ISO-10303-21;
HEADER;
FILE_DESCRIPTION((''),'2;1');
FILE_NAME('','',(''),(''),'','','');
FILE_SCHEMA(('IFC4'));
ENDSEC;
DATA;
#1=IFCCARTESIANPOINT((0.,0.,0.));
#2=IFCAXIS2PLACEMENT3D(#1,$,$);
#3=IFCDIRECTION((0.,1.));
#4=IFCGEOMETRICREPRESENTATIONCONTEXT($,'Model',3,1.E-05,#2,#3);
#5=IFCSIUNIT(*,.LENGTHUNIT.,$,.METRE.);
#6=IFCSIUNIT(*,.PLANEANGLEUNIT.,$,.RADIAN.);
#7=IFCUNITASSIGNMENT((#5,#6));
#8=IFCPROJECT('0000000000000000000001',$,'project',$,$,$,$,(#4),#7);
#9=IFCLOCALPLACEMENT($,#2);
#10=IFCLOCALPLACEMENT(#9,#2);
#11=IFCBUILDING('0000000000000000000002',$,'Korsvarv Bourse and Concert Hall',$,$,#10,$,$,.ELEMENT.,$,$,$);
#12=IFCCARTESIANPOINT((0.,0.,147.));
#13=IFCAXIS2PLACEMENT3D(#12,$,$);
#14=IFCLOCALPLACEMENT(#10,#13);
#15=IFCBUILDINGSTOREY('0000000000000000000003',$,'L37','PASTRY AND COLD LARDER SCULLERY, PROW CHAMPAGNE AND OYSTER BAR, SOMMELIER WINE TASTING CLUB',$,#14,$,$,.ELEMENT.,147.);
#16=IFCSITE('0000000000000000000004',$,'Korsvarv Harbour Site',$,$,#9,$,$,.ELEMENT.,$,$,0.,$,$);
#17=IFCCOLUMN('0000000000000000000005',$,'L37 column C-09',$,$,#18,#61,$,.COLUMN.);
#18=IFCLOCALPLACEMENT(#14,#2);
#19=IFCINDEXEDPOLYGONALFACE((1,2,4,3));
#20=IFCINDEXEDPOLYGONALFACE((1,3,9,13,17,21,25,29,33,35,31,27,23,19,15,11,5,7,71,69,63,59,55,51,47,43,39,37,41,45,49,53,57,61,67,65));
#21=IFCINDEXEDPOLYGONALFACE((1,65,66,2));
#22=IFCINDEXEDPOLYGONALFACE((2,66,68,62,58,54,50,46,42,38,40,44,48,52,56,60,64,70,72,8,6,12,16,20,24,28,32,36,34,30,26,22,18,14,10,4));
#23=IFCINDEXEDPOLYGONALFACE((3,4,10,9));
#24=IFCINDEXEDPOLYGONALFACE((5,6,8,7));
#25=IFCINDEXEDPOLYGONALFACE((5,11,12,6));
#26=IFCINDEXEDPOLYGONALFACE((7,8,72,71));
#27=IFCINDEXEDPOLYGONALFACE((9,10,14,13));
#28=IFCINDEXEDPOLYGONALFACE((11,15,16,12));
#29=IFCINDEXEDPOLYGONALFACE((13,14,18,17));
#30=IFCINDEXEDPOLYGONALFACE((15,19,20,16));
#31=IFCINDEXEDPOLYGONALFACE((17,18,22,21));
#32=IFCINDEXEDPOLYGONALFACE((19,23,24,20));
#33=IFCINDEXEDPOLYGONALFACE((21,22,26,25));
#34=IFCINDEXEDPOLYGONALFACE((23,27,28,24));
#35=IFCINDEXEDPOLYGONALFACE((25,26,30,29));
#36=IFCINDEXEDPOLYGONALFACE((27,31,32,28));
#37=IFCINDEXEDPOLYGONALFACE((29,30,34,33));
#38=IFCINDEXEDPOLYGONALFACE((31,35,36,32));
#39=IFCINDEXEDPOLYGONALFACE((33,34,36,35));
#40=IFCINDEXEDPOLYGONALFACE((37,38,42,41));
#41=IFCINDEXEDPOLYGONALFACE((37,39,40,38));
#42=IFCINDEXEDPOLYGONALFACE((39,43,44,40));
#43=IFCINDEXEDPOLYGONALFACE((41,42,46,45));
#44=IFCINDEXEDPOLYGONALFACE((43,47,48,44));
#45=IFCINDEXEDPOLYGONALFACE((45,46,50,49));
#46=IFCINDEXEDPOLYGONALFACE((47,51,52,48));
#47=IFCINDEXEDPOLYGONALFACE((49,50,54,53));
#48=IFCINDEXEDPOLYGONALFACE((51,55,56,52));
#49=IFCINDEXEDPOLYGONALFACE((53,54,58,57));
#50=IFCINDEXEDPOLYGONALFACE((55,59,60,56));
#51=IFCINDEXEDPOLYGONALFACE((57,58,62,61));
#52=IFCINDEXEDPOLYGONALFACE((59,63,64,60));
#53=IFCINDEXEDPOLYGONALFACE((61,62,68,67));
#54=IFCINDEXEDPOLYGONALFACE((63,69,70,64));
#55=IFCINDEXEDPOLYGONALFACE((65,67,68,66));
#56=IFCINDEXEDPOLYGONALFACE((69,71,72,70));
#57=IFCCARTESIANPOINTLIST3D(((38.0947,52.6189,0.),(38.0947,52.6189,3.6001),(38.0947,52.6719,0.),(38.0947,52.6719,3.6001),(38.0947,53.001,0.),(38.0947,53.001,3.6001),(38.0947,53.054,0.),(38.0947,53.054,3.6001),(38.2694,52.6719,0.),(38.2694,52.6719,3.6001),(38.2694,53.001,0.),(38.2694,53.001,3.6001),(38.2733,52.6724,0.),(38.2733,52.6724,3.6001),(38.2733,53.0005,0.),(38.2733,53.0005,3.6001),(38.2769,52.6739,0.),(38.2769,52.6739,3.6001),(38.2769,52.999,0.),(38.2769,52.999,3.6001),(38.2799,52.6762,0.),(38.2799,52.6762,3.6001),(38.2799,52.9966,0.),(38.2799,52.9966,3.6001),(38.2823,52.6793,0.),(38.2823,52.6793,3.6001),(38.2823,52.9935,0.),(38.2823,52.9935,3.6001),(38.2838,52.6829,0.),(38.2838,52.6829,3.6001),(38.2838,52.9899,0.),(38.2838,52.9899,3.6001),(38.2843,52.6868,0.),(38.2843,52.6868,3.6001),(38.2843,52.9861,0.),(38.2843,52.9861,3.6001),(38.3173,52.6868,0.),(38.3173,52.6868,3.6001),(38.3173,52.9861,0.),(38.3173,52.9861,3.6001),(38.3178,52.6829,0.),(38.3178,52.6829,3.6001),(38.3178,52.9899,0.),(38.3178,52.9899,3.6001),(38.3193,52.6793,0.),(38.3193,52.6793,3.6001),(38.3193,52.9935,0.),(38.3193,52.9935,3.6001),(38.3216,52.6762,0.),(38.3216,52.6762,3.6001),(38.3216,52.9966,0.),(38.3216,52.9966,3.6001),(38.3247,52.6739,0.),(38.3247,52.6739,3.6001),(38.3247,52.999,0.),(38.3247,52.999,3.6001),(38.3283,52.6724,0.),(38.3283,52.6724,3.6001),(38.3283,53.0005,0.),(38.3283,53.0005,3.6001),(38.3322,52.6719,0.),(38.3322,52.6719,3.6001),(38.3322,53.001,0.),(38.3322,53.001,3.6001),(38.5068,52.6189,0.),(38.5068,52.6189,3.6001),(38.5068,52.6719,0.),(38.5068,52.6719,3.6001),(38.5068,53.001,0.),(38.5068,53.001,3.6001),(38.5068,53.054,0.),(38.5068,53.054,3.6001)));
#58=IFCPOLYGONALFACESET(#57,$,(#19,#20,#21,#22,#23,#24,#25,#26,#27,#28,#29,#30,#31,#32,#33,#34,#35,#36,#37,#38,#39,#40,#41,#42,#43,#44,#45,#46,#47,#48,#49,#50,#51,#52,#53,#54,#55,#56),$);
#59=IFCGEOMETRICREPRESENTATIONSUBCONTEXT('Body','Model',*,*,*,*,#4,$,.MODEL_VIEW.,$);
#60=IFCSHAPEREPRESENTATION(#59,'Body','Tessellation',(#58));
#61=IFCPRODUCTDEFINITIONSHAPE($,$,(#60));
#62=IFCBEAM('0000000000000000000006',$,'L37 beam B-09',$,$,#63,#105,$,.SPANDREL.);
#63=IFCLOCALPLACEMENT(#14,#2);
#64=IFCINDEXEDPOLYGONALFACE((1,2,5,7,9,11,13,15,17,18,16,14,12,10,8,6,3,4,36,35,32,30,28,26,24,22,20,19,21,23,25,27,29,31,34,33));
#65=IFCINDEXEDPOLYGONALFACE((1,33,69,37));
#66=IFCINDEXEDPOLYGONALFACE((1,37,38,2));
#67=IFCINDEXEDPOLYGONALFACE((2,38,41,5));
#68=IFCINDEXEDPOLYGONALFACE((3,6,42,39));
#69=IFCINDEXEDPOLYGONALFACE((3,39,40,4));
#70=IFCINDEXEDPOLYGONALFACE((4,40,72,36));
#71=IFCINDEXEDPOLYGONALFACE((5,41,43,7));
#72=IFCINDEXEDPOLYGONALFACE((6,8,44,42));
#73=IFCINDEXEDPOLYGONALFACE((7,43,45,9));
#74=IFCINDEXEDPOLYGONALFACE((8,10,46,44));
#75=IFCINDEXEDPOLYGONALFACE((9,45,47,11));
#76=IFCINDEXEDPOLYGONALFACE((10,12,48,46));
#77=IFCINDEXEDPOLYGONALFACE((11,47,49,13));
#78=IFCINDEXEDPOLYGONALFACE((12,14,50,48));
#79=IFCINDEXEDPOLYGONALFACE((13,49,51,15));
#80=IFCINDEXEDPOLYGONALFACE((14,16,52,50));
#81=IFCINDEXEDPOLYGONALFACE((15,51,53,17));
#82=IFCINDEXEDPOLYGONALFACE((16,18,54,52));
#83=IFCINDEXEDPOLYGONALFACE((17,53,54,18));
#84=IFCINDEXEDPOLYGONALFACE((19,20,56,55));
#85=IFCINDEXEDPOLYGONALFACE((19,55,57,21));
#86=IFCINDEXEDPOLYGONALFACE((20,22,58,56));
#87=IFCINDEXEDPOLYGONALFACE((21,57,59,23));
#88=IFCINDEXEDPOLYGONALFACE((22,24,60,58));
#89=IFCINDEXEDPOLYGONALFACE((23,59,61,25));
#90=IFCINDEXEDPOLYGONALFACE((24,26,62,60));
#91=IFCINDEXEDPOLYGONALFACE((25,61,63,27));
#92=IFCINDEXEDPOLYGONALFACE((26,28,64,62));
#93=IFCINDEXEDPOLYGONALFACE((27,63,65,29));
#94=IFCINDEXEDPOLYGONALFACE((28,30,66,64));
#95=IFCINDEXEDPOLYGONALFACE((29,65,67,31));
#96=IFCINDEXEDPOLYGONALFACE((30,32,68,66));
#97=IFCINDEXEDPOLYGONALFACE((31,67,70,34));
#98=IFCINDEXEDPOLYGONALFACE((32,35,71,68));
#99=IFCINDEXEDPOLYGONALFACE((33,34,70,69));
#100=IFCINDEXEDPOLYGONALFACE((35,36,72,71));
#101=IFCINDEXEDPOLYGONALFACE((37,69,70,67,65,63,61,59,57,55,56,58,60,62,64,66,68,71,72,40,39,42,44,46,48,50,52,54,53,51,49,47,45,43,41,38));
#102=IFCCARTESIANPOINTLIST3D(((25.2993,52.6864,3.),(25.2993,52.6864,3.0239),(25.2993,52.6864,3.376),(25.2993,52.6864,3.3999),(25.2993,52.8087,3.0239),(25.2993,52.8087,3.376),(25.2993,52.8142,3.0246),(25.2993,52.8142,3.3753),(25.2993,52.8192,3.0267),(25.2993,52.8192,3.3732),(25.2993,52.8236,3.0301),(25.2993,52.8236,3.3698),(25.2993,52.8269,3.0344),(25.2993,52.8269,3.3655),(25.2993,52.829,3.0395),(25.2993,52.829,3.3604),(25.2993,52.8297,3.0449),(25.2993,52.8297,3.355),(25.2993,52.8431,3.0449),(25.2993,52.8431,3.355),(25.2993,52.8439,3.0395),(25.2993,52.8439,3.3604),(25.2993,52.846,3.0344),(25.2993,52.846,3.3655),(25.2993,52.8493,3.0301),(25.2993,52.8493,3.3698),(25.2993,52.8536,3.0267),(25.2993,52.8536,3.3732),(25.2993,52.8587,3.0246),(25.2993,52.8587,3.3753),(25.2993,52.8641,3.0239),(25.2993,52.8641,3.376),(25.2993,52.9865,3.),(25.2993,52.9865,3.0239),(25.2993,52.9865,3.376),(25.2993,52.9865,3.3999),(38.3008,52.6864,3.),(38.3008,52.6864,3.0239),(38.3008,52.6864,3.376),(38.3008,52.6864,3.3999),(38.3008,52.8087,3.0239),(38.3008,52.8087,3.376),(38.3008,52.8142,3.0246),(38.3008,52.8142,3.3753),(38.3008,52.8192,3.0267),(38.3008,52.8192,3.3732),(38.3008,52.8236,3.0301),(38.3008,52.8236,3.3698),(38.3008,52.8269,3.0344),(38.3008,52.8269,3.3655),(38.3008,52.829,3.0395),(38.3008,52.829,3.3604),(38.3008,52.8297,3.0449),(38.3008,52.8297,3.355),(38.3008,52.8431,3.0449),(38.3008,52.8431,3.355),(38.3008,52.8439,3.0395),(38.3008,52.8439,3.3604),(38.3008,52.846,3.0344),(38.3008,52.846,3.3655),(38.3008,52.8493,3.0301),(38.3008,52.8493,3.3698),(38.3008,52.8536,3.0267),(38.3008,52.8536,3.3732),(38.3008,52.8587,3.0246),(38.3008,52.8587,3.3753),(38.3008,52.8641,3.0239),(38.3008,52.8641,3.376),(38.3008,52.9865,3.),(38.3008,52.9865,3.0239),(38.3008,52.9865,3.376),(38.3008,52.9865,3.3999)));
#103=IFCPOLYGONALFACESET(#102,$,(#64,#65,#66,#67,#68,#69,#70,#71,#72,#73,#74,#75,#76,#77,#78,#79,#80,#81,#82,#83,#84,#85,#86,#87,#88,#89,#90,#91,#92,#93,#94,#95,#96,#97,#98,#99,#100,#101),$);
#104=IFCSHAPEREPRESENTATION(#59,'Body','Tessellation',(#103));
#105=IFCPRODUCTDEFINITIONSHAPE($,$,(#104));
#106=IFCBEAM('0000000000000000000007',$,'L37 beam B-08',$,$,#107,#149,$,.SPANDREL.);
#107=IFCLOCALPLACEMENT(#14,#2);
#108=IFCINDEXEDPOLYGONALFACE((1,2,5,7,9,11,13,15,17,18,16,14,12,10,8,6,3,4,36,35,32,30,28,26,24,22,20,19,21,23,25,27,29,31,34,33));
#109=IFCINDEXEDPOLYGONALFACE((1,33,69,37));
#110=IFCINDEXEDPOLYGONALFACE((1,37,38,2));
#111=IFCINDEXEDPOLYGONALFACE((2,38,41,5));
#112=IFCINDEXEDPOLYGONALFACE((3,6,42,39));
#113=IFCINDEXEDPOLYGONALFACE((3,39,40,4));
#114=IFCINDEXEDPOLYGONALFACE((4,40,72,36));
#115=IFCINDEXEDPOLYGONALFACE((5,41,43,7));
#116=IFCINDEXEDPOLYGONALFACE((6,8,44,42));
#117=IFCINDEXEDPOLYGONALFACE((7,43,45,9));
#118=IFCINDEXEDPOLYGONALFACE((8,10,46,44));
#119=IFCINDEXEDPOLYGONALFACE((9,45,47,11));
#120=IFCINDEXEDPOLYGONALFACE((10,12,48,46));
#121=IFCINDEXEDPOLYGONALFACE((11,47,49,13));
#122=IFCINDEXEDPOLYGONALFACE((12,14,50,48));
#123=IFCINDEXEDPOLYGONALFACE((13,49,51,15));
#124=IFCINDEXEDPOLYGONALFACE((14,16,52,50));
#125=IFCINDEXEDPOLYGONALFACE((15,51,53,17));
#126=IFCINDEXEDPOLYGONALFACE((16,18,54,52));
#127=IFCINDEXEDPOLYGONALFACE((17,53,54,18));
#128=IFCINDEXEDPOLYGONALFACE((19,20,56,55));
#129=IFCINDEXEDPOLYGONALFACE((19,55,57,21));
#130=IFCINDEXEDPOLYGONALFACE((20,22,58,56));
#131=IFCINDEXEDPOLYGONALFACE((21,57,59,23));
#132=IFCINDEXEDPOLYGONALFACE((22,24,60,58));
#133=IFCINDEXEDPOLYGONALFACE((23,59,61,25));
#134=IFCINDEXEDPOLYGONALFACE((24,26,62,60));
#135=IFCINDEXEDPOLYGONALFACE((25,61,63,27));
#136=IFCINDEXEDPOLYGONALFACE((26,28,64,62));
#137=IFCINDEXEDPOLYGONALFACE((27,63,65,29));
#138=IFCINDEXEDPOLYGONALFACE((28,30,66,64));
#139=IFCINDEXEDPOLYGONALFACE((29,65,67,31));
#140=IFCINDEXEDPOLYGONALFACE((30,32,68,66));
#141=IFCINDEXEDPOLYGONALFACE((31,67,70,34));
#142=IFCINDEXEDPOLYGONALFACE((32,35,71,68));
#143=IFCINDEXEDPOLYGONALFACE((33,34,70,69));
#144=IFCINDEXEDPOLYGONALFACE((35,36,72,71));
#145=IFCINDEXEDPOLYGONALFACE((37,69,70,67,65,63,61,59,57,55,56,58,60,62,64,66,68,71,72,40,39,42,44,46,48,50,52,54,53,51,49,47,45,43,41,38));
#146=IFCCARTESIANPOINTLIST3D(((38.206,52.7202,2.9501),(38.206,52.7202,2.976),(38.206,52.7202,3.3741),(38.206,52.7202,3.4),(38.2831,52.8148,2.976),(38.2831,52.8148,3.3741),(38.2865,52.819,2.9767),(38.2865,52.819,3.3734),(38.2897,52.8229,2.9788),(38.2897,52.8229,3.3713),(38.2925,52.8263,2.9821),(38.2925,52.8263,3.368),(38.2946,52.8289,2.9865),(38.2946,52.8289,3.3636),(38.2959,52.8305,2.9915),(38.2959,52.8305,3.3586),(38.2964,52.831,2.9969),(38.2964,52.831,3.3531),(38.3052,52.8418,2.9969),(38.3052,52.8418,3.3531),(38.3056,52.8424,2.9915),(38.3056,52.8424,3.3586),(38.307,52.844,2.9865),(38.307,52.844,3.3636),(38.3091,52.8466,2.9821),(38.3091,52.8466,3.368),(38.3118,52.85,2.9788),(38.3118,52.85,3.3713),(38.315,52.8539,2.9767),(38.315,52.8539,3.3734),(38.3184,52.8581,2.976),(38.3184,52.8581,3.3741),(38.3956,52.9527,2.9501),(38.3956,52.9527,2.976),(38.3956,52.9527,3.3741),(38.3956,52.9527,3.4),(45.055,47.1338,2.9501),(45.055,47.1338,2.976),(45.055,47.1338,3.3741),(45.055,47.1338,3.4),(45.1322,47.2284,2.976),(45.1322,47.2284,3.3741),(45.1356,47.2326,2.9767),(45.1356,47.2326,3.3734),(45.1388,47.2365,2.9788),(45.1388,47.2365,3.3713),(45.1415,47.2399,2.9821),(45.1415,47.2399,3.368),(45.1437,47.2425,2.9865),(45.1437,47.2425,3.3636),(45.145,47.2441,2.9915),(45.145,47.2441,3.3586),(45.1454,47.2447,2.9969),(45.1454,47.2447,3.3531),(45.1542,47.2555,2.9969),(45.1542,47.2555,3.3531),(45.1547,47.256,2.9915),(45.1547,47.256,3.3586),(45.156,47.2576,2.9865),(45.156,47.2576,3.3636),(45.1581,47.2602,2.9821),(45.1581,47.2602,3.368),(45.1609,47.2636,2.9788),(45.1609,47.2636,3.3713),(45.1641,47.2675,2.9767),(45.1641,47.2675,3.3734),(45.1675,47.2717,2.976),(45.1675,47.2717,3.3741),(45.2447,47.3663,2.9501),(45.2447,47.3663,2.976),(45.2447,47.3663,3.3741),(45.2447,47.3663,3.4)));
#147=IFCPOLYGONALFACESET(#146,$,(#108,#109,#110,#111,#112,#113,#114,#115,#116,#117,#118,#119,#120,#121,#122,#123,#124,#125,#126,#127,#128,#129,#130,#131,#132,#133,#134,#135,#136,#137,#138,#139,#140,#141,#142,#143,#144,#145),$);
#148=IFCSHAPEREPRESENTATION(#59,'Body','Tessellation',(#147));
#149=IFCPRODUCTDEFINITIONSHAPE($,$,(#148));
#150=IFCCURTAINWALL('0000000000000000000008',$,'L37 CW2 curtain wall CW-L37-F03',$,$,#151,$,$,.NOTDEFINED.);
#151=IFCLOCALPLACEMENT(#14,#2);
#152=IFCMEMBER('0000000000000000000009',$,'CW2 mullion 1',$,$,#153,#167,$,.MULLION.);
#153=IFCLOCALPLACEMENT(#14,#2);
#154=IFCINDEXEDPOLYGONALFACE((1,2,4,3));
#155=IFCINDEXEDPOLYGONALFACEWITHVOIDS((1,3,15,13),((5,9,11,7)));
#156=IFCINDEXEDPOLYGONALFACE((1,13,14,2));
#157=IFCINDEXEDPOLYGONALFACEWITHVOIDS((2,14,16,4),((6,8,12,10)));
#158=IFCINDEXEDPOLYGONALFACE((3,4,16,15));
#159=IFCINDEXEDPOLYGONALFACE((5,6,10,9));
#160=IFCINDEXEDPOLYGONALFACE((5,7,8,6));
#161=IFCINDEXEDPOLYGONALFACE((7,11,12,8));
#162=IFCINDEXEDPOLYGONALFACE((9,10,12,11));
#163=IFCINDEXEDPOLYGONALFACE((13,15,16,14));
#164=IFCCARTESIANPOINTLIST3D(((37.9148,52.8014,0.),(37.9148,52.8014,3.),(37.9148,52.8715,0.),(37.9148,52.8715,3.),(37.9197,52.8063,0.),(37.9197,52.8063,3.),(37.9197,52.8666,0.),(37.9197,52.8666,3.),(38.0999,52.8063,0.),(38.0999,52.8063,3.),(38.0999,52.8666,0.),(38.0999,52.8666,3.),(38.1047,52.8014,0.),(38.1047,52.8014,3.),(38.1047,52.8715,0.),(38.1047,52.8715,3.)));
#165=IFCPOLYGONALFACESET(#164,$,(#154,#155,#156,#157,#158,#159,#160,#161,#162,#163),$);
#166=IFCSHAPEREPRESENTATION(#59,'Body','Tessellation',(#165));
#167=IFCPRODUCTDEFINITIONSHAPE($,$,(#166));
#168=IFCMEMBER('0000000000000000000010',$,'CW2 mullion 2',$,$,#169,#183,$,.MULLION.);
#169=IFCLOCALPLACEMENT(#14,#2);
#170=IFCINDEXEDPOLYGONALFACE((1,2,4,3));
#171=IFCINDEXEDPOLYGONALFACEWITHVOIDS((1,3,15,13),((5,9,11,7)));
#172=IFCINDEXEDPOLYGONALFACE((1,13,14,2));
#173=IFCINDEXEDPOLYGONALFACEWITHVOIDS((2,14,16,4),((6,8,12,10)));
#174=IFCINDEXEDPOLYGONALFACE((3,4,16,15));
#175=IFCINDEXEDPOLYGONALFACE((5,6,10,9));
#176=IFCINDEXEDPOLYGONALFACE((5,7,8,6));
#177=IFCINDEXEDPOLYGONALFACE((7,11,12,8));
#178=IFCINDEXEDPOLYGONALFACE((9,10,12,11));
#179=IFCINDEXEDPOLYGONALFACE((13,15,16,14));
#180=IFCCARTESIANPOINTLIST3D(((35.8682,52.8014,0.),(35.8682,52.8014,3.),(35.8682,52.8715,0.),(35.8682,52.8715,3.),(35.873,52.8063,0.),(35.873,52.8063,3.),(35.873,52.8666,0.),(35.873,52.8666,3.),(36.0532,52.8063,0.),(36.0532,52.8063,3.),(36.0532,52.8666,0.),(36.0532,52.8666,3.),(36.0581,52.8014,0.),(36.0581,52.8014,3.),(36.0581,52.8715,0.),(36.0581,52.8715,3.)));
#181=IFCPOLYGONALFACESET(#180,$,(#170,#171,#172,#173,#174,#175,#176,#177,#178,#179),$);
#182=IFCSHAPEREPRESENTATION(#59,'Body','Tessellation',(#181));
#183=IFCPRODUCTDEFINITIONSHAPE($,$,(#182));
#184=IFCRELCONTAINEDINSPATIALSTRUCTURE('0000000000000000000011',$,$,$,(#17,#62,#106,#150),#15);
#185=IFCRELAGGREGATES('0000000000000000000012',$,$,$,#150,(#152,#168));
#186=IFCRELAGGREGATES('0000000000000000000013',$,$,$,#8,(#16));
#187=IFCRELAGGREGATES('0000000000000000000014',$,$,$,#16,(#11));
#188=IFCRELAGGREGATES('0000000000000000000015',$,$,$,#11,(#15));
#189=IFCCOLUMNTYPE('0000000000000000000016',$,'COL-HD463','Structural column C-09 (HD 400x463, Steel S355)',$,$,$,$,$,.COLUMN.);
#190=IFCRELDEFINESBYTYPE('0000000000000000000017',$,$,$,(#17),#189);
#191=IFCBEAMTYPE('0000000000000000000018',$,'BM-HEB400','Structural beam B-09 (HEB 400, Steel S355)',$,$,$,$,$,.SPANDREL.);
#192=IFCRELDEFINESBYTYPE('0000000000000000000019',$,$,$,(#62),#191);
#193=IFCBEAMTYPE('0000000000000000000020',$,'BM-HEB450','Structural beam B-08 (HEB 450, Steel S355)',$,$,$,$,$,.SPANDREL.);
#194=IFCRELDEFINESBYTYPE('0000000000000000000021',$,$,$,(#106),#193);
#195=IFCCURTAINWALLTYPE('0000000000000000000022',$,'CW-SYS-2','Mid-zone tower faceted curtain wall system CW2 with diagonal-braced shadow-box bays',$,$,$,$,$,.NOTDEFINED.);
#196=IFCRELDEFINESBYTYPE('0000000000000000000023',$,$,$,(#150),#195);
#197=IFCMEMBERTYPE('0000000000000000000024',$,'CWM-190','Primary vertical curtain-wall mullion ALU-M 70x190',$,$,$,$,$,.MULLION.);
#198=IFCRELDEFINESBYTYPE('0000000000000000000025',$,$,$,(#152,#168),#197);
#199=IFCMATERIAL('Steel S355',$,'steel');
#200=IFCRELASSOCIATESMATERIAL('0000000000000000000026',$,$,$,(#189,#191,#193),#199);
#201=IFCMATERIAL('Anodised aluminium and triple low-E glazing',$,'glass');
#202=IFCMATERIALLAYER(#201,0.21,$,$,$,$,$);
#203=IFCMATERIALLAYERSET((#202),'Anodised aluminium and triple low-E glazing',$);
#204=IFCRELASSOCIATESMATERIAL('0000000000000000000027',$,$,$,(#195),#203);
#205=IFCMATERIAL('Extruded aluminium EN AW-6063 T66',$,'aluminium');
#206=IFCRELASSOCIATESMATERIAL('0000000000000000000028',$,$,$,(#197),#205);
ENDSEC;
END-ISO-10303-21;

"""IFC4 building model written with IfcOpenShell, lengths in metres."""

from ifc_helpers import new_model, si_unit, direction, frame, origin, origin_2d, place, context, subcontext, project, spatial, hollow_rectangle, i_section, extrude, source, transform, mapped, material, layer, layer_set, material_profile, profile_set, type_object, element, aggregate, save


model = new_model("IFC4")

# Units and contexts
model_context = context("Model", 3, precision=1e-05, world=origin(), true_north=direction((0.0, 1.0)))
body_context = subcontext(model_context, "Body", "Model", "MODEL_VIEW")
ifc_project = project(units=[si_unit("LENGTHUNIT", "METRE"), si_unit("PLANEANGLEUNIT", "RADIAN")], contexts=[model_context])

# Site, building, storey
site_placement = place(None, origin())
site = spatial("IfcSite", under=ifc_project, at=site_placement, Name="Korsvarv Harbour Site", CompositionType="ELEMENT", RefElevation=0.0)
building_placement = place(site_placement, origin())
building = spatial("IfcBuilding", under=site, at=building_placement, Name="Korsvarv Bourse and Concert Hall", CompositionType="ELEMENT")
storey_placement = place(building_placement, frame((0.0, 0.0, 147.0)))
storey = spatial("IfcBuildingStorey", under=building, at=storey_placement, Name="L37", Description="PASTRY AND COLD LARDER SCULLERY, PROW CHAMPAGNE AND OYSTER BAR, SOMMELIER WINE TASTING CLUB", CompositionType="ELEMENT", Elevation=147.0)

# Column
ifc_material_1 = material(Name="Steel S355", Category="steel")
ifc_material_profile_1 = material_profile(ifc_material_1, i_section(OverallWidth=0.4121, OverallDepth=0.4351, WebThickness=0.033, FlangeThickness=0.053, FilletRadius=0.0149, at=origin_2d()), Name="HD 400x463")
ifc_profile_set_1 = profile_set([ifc_material_profile_1], Name="Steel S355")
column_type = type_object("IfcColumnType", Name="COL-HD463", Description="Structural column C-09 (HD 400x463, Steel S355)", PredefinedType="COLUMN", material=ifc_profile_set_1)
shared_shape_1 = source(origin(), body_context, "Body", "SweptSolid", [
    extrude(i_section(OverallWidth=0.4121, OverallDepth=0.4351, WebThickness=0.033, FlangeThickness=0.053, FilletRadius=0.0149, at=origin_2d()), origin(), (0.0, 0.0, 1.0), 3.6001),
])
column_placement = place(storey_placement, frame((38.3008, 52.8364, 0.0), z_axis=(0.0, 0.0, 1.0), x_axis=(1.0, 0.0, 0.0)))
element("IfcColumn", 1, at=column_placement, inside=storey, type_object=column_type, Name="L37 column C-09", PredefinedType="COLUMN", context=body_context, shape_type="MappedRepresentation", body=[
    mapped(shared_shape_1, transform((0.0, 0.0, 0.0), scale=1.0)),
])

# Beams
ifc_material_profile_2 = material_profile(ifc_material_1, i_section(OverallWidth=0.3, OverallDepth=0.3999, WebThickness=0.0134, FlangeThickness=0.0239, FilletRadius=0.021, at=origin_2d()), Name="HEB 400")
ifc_profile_set_2 = profile_set([ifc_material_profile_2], Name="Steel S355")
beam_type_1 = type_object("IfcBeamType", Name="BM-HEB400", Description="Structural beam B-09 (HEB 400, Steel S355)", PredefinedType="SPANDREL", material=ifc_profile_set_2)
shared_shape_2 = source(origin(), body_context, "Body", "SweptSolid", [
    extrude(i_section(OverallWidth=0.3, OverallDepth=0.3999, WebThickness=0.0134, FlangeThickness=0.0239, FilletRadius=0.021, at=origin_2d()), origin(), (0.0, 0.0, 1.0), 13.0015),
])
beam_1_placement = place(storey_placement, frame((38.3008, 52.8364, 3.2), z_axis=(-1.0, 0.0, 0.0), x_axis=(0.0, -1.0, 0.0)))
element("IfcBeam", 2, at=beam_1_placement, inside=storey, type_object=beam_type_1, Name="L37 beam B-09", PredefinedType="SPANDREL", context=body_context, shape_type="MappedRepresentation", body=[
    mapped(shared_shape_2, transform((0.0, 0.0, 0.0), scale=1.0)),
])
ifc_material_profile_3 = material_profile(ifc_material_1, i_section(OverallWidth=0.3, OverallDepth=0.45, WebThickness=0.0139, FlangeThickness=0.0259, FilletRadius=0.021, at=origin_2d()), Name="HEB 450")
ifc_profile_set_3 = profile_set([ifc_material_profile_3], Name="Steel S355")
beam_type_2 = type_object("IfcBeamType", Name="BM-HEB450", Description="Structural beam B-08 (HEB 450, Steel S355)", PredefinedType="SPANDREL", material=ifc_profile_set_3)
shared_shape_3 = source(origin(), body_context, "Body", "SweptSolid", [
    extrude(i_section(OverallWidth=0.3, OverallDepth=0.45, WebThickness=0.0139, FlangeThickness=0.0259, FilletRadius=0.021, at=origin_2d()), origin(), (0.0, 0.0, 1.0), 8.8384),
])
beam_2_placement = place(storey_placement, frame((38.3008, 52.8364, 3.175), z_axis=(0.774921, -0.632058, 0.0), x_axis=(0.632058, 0.774921, 0.0)))
element("IfcBeam", 3, at=beam_2_placement, inside=storey, type_object=beam_type_2, Name="L37 beam B-08", PredefinedType="SPANDREL", context=body_context, shape_type="MappedRepresentation", body=[
    mapped(shared_shape_3, transform((0.0, 0.0, 0.0), scale=1.0)),
])

# Curtain wall, members
ifc_material_2 = material(Name="Anodised aluminium and triple low-E glazing", Category="glass")
ifc_layer_1 = layer(ifc_material_2, 0.21)
ifc_layer_set_1 = layer_set([ifc_layer_1], Name="Anodised aluminium and triple low-E glazing")
curtain_wall_type = type_object("IfcCurtainWallType", Name="CW-SYS-2", Description="Mid-zone tower faceted curtain wall system CW2 with diagonal-braced shadow-box bays", PredefinedType="NOTDEFINED", material=ifc_layer_set_1)
curtain_wall_placement = place(storey_placement, origin())
curtain_wall = element("IfcCurtainWall", 4, at=curtain_wall_placement, inside=storey, type_object=curtain_wall_type, Name="L37 CW2 curtain wall CW-L37-F03", PredefinedType="NOTDEFINED")
ifc_material_3 = material(Name="Extruded aluminium EN AW-6063 T66", Category="aluminium")
ifc_material_profile_4 = material_profile(ifc_material_3, hollow_rectangle(XDim=0.0701, YDim=0.1899, WallThickness=0.0049, at=origin_2d()), Name="ALU-M 70x190")
ifc_profile_set_4 = profile_set([ifc_material_profile_4], Name="Extruded aluminium EN AW-6063 T66")
member_type_1 = type_object("IfcMemberType", Name="CWM-190", Description="Primary vertical curtain-wall mullion ALU-M 70x190", PredefinedType="MULLION", material=ifc_profile_set_4)
shared_shape_4 = source(origin(), body_context, "Body", "SweptSolid", [
    extrude(hollow_rectangle(XDim=0.0701, YDim=0.1899, WallThickness=0.0049, at=origin_2d()), origin(), (0.0, 0.0, 1.0), 3.0),
])
member_1_placement = place(storey_placement, frame((38.0098, 52.8364, 0.0), z_axis=(0.0, 0.0, 1.0), x_axis=(0.0, -1.0, 0.0)))
member_1 = element("IfcMember", 5, at=member_1_placement, type_object=member_type_1, Name="CW2 mullion 1", PredefinedType="MULLION", context=body_context, shape_type="MappedRepresentation", body=[
    mapped(shared_shape_4, transform((0.0, 0.0, 0.0), scale=1.0)),
])
member_2_placement = place(storey_placement, frame((35.9631, 52.8364, 0.0), z_axis=(0.0, 0.0, 1.0), x_axis=(0.0, -1.0, 0.0)))
member_2 = element("IfcMember", 6, at=member_2_placement, type_object=member_type_1, Name="CW2 mullion 2", PredefinedType="MULLION", context=body_context, shape_type="MappedRepresentation", body=[
    mapped(shared_shape_4, transform((0.0, 0.0, 0.0), scale=1.0)),
])
aggregate(curtain_wall, [member_1, member_2])

save(model, "model.ifc")
